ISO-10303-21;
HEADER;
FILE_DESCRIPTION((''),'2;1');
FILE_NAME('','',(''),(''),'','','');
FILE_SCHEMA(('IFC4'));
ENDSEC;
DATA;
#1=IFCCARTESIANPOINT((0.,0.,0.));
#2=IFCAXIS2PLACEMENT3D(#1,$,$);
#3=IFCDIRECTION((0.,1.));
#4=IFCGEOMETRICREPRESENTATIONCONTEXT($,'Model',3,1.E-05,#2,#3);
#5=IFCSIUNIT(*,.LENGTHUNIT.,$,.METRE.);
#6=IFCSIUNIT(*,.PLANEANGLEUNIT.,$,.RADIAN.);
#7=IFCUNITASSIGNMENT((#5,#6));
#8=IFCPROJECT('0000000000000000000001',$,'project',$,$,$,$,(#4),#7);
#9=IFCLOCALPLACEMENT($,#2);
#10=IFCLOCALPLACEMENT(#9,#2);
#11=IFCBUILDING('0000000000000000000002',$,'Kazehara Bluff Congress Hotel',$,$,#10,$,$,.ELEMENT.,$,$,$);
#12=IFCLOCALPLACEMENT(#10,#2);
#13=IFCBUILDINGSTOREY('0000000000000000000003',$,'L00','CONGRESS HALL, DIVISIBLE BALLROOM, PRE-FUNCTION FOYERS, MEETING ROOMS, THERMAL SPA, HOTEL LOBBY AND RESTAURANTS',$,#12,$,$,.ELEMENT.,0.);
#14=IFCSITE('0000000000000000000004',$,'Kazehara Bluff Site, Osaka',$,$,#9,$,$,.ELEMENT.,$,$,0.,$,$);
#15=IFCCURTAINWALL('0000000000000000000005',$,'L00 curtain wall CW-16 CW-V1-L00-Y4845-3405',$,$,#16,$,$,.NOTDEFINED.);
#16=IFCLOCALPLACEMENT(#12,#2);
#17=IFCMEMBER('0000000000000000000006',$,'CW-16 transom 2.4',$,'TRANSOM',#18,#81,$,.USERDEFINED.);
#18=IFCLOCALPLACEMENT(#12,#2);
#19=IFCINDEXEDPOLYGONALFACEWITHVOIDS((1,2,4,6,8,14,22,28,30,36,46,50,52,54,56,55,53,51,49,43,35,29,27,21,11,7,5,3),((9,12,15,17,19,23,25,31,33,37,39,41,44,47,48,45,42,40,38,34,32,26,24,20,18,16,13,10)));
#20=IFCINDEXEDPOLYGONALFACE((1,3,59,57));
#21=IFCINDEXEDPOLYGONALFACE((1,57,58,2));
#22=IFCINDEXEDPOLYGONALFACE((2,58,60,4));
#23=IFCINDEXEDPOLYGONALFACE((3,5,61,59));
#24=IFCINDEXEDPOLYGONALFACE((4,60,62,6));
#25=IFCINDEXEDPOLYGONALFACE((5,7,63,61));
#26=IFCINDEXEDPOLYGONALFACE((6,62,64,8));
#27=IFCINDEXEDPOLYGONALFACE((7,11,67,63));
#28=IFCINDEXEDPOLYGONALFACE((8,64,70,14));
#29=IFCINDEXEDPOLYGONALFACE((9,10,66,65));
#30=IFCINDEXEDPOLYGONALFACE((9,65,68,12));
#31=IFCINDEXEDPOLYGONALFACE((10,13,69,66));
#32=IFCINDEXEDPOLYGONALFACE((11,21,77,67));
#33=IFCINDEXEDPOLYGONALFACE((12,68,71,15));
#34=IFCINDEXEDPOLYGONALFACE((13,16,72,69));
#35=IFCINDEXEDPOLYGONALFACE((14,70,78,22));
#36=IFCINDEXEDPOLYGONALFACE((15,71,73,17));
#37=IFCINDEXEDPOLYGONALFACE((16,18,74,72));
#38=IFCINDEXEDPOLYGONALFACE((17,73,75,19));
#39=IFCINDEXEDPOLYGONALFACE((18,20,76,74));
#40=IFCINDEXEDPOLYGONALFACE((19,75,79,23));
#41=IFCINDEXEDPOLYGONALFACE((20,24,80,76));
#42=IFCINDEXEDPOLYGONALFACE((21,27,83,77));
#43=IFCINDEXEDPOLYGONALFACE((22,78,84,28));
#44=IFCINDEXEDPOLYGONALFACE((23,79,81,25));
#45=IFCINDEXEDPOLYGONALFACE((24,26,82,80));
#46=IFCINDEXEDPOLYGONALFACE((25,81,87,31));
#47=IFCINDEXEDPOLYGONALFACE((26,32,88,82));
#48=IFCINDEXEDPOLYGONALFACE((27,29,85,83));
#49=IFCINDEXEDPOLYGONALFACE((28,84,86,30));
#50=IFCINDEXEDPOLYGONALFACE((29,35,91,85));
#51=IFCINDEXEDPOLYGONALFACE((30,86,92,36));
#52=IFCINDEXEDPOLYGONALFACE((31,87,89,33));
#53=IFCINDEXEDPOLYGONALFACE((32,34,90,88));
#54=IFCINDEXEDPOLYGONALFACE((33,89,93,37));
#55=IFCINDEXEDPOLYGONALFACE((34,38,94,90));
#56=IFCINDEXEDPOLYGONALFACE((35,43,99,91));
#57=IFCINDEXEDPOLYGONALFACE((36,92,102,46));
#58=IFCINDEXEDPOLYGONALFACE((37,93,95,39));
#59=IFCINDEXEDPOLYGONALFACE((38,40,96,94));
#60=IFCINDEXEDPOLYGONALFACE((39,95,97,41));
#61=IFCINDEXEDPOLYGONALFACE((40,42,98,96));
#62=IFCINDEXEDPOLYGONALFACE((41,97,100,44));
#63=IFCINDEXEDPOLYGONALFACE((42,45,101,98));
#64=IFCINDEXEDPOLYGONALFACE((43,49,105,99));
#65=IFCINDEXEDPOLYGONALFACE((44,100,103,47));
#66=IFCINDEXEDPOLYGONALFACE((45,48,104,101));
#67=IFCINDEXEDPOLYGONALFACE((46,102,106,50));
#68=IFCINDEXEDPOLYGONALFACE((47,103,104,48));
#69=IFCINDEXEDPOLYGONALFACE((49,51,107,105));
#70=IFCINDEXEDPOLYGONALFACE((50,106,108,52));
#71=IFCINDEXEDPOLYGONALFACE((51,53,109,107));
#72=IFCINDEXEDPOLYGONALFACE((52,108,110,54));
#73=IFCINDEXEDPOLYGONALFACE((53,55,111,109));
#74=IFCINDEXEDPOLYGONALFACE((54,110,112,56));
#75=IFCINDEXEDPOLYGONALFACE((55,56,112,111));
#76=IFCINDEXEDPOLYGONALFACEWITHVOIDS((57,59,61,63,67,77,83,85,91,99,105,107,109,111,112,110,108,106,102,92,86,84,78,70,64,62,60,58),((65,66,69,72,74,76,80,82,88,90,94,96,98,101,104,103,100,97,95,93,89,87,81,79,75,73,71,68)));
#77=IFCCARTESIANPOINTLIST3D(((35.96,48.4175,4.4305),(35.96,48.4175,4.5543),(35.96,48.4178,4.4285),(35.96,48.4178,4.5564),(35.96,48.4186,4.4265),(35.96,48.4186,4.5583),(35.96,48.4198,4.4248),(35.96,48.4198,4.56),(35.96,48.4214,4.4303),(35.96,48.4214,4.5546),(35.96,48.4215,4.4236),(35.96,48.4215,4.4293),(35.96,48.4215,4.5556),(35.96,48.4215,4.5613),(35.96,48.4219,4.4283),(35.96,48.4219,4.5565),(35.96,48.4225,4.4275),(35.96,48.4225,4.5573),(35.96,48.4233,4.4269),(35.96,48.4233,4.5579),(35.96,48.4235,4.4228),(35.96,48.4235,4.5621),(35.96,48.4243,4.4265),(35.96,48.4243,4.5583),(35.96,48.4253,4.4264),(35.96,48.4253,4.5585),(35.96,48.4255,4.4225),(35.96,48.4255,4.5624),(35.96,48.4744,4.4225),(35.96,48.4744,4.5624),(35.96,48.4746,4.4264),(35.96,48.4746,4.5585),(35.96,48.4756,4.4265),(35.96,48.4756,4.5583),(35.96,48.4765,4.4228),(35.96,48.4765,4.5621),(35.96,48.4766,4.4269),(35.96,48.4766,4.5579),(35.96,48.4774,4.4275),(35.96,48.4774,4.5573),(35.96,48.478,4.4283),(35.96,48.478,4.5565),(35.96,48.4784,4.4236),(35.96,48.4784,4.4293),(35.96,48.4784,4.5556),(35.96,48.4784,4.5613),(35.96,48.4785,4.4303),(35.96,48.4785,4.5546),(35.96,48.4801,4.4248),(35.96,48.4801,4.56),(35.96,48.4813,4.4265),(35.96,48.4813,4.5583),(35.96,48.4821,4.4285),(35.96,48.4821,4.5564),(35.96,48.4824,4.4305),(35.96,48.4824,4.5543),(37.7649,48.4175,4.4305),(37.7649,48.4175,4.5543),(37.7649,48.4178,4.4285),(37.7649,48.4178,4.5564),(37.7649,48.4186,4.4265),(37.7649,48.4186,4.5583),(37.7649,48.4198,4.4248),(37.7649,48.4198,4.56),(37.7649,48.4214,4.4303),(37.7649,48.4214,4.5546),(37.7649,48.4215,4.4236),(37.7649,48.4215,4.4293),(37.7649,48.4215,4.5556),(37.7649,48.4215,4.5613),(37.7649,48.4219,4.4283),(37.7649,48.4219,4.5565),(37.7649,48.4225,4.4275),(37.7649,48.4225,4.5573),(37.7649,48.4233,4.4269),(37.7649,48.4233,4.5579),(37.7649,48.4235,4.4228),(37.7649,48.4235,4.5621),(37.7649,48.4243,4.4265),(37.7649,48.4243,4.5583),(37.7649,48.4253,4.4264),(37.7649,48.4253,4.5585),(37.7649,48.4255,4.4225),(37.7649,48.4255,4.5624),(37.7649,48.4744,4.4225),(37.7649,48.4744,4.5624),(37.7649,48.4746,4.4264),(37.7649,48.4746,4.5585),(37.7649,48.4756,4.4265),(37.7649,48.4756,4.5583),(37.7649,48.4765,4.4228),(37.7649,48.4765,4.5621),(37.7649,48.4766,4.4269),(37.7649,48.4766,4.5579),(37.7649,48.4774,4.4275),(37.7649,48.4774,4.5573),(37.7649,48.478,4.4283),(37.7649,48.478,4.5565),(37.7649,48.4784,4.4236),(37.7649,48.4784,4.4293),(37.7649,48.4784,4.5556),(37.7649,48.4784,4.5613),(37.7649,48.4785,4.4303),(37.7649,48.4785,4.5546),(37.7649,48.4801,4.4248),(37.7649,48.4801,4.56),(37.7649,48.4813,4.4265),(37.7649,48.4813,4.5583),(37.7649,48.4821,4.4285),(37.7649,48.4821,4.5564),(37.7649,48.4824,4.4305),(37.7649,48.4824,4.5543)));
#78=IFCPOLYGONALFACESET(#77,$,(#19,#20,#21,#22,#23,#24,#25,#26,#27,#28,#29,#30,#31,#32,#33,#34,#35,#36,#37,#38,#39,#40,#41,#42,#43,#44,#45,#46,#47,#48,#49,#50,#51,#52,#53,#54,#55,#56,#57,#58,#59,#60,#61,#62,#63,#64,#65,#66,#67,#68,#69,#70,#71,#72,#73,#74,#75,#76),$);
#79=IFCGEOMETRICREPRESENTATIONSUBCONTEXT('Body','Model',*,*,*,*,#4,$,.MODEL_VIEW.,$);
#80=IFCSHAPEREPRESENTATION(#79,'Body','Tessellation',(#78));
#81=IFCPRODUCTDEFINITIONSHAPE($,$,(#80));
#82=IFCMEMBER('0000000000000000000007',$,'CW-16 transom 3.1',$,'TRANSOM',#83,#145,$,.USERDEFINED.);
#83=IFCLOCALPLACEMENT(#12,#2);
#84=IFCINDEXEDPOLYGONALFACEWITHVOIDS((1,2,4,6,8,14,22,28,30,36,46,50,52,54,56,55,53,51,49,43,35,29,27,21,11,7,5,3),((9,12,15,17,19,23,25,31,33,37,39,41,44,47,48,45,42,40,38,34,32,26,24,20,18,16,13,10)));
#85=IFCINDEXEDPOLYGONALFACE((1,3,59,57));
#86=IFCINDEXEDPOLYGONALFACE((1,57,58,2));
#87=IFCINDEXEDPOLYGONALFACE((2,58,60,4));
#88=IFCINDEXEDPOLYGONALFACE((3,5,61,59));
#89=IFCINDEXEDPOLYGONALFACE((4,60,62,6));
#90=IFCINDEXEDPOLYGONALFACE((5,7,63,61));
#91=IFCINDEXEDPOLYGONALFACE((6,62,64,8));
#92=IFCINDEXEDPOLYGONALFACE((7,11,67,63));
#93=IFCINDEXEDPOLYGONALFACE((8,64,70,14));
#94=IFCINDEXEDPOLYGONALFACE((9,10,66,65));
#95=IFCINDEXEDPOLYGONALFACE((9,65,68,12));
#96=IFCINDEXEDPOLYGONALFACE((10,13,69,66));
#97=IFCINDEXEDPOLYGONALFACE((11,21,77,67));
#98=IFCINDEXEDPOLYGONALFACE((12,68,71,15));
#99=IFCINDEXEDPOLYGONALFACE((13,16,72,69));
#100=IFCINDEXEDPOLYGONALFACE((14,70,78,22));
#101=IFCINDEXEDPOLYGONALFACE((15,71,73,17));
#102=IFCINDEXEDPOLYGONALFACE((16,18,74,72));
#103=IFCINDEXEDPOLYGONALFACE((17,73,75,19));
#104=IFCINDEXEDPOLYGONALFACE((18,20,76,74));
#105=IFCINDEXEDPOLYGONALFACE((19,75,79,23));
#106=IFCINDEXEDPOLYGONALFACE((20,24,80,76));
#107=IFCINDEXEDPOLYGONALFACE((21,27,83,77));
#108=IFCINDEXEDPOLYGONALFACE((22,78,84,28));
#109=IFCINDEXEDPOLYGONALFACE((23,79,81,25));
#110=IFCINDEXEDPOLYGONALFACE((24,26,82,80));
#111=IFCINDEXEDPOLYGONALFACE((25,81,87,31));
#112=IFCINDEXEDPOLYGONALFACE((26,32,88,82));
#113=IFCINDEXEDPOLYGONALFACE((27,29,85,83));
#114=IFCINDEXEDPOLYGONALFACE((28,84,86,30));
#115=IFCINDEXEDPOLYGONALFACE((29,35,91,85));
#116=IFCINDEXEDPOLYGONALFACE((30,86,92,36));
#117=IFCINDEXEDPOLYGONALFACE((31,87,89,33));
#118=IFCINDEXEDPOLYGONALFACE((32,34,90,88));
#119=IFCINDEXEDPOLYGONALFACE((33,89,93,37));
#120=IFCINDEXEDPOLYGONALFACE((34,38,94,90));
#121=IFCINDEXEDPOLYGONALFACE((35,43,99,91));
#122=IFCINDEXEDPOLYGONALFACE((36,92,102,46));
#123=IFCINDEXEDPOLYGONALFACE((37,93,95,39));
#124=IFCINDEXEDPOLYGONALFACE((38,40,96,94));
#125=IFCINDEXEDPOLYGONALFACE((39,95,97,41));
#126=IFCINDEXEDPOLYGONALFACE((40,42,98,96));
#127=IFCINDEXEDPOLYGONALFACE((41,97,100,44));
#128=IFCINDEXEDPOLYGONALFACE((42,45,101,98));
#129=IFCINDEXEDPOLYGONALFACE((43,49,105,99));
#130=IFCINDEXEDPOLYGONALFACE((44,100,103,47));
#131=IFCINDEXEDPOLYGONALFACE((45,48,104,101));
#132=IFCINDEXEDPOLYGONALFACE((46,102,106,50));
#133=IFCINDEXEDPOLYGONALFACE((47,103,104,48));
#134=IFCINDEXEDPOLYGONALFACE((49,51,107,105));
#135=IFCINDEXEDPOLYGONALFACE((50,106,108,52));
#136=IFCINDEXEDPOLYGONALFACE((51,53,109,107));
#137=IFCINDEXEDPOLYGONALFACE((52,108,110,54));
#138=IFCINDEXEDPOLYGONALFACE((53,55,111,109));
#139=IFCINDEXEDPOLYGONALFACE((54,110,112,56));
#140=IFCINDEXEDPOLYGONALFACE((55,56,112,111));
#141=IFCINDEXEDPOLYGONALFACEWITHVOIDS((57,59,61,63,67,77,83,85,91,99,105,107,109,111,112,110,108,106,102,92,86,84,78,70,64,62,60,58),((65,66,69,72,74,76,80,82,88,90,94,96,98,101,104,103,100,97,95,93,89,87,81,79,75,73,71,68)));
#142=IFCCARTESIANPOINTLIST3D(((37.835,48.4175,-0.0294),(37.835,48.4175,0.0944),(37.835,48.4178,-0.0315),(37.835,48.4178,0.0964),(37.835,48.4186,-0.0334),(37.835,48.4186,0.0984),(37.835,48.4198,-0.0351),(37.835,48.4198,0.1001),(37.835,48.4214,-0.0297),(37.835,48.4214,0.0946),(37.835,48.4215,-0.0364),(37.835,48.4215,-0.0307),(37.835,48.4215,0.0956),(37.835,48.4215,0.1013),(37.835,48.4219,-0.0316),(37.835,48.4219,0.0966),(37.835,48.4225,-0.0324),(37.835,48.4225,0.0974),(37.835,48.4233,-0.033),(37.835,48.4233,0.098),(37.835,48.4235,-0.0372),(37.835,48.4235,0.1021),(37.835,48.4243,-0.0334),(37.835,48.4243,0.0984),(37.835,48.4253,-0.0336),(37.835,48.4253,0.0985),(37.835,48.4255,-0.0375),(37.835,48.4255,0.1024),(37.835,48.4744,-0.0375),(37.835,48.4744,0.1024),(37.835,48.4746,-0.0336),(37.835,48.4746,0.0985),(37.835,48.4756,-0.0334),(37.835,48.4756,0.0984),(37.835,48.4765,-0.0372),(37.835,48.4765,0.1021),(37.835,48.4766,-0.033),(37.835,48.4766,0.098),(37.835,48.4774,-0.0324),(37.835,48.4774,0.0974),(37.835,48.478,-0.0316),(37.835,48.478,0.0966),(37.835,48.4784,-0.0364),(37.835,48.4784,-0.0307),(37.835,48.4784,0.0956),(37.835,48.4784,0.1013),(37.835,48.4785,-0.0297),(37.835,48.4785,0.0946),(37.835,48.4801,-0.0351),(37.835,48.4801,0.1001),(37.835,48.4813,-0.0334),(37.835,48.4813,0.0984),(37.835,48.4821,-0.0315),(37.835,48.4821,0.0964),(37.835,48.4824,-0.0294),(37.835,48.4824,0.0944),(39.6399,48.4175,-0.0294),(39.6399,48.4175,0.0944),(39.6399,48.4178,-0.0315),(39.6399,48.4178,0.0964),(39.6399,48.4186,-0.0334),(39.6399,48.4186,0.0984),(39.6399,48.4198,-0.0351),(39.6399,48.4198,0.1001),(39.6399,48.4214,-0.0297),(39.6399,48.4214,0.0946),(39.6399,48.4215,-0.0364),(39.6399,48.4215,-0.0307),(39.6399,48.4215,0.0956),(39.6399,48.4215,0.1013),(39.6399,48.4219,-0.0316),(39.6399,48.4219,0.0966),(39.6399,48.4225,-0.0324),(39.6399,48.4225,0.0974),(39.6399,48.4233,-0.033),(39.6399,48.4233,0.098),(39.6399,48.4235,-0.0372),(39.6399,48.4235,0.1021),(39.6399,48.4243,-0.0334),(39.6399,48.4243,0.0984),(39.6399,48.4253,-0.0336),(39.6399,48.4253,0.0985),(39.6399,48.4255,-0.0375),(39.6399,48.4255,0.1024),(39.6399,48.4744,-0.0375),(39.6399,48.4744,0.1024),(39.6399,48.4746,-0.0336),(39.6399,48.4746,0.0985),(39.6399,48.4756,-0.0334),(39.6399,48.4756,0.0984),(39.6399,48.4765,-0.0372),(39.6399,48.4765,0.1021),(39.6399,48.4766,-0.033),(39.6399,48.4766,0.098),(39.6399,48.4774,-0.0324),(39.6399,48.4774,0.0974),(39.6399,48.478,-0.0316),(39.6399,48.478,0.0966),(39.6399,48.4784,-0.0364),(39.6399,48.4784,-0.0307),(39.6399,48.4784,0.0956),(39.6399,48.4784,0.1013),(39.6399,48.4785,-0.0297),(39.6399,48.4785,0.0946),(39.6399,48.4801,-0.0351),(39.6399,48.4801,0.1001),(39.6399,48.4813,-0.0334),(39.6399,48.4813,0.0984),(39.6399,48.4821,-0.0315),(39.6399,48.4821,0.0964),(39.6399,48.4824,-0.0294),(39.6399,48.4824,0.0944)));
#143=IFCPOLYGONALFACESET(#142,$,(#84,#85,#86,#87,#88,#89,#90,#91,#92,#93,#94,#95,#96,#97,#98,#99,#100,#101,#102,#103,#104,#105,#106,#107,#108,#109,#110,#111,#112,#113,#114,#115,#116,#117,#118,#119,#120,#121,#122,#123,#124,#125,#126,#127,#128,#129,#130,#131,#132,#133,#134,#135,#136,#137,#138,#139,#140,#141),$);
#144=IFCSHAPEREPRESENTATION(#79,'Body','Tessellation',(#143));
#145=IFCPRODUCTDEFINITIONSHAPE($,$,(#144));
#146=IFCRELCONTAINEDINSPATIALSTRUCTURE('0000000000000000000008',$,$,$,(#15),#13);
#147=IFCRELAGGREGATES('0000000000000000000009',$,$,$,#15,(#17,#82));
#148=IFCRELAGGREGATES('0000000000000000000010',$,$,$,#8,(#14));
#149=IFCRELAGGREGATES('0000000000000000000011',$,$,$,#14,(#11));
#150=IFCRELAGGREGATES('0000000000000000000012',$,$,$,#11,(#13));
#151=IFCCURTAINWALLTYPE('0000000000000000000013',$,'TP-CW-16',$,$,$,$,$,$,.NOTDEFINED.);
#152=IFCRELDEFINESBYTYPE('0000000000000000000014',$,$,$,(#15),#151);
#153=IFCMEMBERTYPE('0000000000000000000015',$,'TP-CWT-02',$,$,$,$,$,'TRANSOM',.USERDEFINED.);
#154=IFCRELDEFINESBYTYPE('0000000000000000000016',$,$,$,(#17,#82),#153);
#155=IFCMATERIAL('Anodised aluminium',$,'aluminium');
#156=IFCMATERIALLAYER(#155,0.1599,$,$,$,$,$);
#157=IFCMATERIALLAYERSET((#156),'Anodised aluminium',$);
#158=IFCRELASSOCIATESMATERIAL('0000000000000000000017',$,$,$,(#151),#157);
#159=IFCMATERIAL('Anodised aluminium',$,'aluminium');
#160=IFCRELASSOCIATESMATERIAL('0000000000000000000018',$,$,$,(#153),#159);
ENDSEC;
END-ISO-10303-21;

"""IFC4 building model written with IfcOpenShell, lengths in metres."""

from ifc_helpers import new_model, si_unit, direction, frame, origin, origin_2d, place, context, subcontext, project, spatial, hollow_rectangle, extrude, material, layer, layer_set, material_profile, profile_set, type_object, element, aggregate, save


model = new_model("IFC4")

# Units and contexts
model_context = context("Model", 3, precision=1e-05, world=origin(), true_north=direction((0.0, 1.0)))
body_context = subcontext(model_context, "Body", "Model", "MODEL_VIEW")
ifc_project = project(units=[si_unit("LENGTHUNIT", "METRE"), si_unit("PLANEANGLEUNIT", "RADIAN")], contexts=[model_context])

# Site, building, storey
site_placement = place(None, origin())
site = spatial("IfcSite", under=ifc_project, at=site_placement, Name="Kazehara Bluff Site, Osaka", CompositionType="ELEMENT", RefElevation=0.0)
building_placement = place(site_placement, origin())
building = spatial("IfcBuilding", under=site, at=building_placement, Name="Kazehara Bluff Congress Hotel", CompositionType="ELEMENT")
storey_placement = place(building_placement, origin())
storey = spatial("IfcBuildingStorey", under=building, at=storey_placement, Name="L00", Description="CONGRESS HALL, DIVISIBLE BALLROOM, PRE-FUNCTION FOYERS, MEETING ROOMS, THERMAL SPA, HOTEL LOBBY AND RESTAURANTS", CompositionType="ELEMENT", Elevation=0.0)

# Curtain wall, members
ifc_material_1 = material(Name="Anodised aluminium", Category="aluminium")
ifc_layer_1 = layer(ifc_material_1, 0.1599)
ifc_layer_set_1 = layer_set([ifc_layer_1], Name="Anodised aluminium")
curtain_wall_type = type_object("IfcCurtainWallType", Name="TP-CW-16", PredefinedType="NOTDEFINED", material=ifc_layer_set_1)
curtain_wall_placement = place(storey_placement, origin())
curtain_wall = element("IfcCurtainWall", 1, at=curtain_wall_placement, inside=storey, type_object=curtain_wall_type, Name="L00 curtain wall CW-16 CW-V1-L00-Y4845-3405", PredefinedType="NOTDEFINED")
ifc_material_2 = material(Name="Anodised aluminium", Category="aluminium")
ifc_material_profile_1 = material_profile(ifc_material_2, hollow_rectangle(XDim=0.0649, YDim=0.1399, WallThickness=0.0039, InnerFilletRadius=0.0039, OuterFilletRadius=0.0081, at=origin_2d()))
ifc_profile_set_1 = profile_set([ifc_material_profile_1], Name="Anodised aluminium")
member_type_1 = type_object("IfcMemberType", Name="TP-CWT-02", ElementType="TRANSOM", PredefinedType="USERDEFINED", material=ifc_profile_set_1)
member_1_placement = place(storey_placement, frame((35.96, 48.45, 4.4924), z_axis=(1.0, 0.0, 0.0), x_axis=(0.0, 1.0, 0.0)))
member_1 = element("IfcMember", 2, at=member_1_placement, type_object=member_type_1, Name="CW-16 transom 2.4", ObjectType="TRANSOM", PredefinedType="USERDEFINED", context=body_context, shape_type="SweptSolid", body=[
    extrude(hollow_rectangle(XDim=0.0649, YDim=0.1399, WallThickness=0.0039, InnerFilletRadius=0.0039, OuterFilletRadius=0.0081, at=origin_2d()), origin(), (0.0, 0.0, 1.0), 1.8049),
])
member_2_placement = place(storey_placement, frame((37.835, 48.45, 0.0325), z_axis=(1.0, 0.0, 0.0), x_axis=(0.0, 1.0, 0.0)))
member_2 = element("IfcMember", 3, at=member_2_placement, type_object=member_type_1, Name="CW-16 transom 3.1", ObjectType="TRANSOM", PredefinedType="USERDEFINED", context=body_context, shape_type="SweptSolid", body=[
    extrude(hollow_rectangle(XDim=0.0649, YDim=0.1399, WallThickness=0.0039, InnerFilletRadius=0.0039, OuterFilletRadius=0.0081, at=origin_2d()), origin(), (0.0, 0.0, 1.0), 1.8049),
])

aggregate(curtain_wall, [member_1, member_2])

save(model, "model.ifc")
